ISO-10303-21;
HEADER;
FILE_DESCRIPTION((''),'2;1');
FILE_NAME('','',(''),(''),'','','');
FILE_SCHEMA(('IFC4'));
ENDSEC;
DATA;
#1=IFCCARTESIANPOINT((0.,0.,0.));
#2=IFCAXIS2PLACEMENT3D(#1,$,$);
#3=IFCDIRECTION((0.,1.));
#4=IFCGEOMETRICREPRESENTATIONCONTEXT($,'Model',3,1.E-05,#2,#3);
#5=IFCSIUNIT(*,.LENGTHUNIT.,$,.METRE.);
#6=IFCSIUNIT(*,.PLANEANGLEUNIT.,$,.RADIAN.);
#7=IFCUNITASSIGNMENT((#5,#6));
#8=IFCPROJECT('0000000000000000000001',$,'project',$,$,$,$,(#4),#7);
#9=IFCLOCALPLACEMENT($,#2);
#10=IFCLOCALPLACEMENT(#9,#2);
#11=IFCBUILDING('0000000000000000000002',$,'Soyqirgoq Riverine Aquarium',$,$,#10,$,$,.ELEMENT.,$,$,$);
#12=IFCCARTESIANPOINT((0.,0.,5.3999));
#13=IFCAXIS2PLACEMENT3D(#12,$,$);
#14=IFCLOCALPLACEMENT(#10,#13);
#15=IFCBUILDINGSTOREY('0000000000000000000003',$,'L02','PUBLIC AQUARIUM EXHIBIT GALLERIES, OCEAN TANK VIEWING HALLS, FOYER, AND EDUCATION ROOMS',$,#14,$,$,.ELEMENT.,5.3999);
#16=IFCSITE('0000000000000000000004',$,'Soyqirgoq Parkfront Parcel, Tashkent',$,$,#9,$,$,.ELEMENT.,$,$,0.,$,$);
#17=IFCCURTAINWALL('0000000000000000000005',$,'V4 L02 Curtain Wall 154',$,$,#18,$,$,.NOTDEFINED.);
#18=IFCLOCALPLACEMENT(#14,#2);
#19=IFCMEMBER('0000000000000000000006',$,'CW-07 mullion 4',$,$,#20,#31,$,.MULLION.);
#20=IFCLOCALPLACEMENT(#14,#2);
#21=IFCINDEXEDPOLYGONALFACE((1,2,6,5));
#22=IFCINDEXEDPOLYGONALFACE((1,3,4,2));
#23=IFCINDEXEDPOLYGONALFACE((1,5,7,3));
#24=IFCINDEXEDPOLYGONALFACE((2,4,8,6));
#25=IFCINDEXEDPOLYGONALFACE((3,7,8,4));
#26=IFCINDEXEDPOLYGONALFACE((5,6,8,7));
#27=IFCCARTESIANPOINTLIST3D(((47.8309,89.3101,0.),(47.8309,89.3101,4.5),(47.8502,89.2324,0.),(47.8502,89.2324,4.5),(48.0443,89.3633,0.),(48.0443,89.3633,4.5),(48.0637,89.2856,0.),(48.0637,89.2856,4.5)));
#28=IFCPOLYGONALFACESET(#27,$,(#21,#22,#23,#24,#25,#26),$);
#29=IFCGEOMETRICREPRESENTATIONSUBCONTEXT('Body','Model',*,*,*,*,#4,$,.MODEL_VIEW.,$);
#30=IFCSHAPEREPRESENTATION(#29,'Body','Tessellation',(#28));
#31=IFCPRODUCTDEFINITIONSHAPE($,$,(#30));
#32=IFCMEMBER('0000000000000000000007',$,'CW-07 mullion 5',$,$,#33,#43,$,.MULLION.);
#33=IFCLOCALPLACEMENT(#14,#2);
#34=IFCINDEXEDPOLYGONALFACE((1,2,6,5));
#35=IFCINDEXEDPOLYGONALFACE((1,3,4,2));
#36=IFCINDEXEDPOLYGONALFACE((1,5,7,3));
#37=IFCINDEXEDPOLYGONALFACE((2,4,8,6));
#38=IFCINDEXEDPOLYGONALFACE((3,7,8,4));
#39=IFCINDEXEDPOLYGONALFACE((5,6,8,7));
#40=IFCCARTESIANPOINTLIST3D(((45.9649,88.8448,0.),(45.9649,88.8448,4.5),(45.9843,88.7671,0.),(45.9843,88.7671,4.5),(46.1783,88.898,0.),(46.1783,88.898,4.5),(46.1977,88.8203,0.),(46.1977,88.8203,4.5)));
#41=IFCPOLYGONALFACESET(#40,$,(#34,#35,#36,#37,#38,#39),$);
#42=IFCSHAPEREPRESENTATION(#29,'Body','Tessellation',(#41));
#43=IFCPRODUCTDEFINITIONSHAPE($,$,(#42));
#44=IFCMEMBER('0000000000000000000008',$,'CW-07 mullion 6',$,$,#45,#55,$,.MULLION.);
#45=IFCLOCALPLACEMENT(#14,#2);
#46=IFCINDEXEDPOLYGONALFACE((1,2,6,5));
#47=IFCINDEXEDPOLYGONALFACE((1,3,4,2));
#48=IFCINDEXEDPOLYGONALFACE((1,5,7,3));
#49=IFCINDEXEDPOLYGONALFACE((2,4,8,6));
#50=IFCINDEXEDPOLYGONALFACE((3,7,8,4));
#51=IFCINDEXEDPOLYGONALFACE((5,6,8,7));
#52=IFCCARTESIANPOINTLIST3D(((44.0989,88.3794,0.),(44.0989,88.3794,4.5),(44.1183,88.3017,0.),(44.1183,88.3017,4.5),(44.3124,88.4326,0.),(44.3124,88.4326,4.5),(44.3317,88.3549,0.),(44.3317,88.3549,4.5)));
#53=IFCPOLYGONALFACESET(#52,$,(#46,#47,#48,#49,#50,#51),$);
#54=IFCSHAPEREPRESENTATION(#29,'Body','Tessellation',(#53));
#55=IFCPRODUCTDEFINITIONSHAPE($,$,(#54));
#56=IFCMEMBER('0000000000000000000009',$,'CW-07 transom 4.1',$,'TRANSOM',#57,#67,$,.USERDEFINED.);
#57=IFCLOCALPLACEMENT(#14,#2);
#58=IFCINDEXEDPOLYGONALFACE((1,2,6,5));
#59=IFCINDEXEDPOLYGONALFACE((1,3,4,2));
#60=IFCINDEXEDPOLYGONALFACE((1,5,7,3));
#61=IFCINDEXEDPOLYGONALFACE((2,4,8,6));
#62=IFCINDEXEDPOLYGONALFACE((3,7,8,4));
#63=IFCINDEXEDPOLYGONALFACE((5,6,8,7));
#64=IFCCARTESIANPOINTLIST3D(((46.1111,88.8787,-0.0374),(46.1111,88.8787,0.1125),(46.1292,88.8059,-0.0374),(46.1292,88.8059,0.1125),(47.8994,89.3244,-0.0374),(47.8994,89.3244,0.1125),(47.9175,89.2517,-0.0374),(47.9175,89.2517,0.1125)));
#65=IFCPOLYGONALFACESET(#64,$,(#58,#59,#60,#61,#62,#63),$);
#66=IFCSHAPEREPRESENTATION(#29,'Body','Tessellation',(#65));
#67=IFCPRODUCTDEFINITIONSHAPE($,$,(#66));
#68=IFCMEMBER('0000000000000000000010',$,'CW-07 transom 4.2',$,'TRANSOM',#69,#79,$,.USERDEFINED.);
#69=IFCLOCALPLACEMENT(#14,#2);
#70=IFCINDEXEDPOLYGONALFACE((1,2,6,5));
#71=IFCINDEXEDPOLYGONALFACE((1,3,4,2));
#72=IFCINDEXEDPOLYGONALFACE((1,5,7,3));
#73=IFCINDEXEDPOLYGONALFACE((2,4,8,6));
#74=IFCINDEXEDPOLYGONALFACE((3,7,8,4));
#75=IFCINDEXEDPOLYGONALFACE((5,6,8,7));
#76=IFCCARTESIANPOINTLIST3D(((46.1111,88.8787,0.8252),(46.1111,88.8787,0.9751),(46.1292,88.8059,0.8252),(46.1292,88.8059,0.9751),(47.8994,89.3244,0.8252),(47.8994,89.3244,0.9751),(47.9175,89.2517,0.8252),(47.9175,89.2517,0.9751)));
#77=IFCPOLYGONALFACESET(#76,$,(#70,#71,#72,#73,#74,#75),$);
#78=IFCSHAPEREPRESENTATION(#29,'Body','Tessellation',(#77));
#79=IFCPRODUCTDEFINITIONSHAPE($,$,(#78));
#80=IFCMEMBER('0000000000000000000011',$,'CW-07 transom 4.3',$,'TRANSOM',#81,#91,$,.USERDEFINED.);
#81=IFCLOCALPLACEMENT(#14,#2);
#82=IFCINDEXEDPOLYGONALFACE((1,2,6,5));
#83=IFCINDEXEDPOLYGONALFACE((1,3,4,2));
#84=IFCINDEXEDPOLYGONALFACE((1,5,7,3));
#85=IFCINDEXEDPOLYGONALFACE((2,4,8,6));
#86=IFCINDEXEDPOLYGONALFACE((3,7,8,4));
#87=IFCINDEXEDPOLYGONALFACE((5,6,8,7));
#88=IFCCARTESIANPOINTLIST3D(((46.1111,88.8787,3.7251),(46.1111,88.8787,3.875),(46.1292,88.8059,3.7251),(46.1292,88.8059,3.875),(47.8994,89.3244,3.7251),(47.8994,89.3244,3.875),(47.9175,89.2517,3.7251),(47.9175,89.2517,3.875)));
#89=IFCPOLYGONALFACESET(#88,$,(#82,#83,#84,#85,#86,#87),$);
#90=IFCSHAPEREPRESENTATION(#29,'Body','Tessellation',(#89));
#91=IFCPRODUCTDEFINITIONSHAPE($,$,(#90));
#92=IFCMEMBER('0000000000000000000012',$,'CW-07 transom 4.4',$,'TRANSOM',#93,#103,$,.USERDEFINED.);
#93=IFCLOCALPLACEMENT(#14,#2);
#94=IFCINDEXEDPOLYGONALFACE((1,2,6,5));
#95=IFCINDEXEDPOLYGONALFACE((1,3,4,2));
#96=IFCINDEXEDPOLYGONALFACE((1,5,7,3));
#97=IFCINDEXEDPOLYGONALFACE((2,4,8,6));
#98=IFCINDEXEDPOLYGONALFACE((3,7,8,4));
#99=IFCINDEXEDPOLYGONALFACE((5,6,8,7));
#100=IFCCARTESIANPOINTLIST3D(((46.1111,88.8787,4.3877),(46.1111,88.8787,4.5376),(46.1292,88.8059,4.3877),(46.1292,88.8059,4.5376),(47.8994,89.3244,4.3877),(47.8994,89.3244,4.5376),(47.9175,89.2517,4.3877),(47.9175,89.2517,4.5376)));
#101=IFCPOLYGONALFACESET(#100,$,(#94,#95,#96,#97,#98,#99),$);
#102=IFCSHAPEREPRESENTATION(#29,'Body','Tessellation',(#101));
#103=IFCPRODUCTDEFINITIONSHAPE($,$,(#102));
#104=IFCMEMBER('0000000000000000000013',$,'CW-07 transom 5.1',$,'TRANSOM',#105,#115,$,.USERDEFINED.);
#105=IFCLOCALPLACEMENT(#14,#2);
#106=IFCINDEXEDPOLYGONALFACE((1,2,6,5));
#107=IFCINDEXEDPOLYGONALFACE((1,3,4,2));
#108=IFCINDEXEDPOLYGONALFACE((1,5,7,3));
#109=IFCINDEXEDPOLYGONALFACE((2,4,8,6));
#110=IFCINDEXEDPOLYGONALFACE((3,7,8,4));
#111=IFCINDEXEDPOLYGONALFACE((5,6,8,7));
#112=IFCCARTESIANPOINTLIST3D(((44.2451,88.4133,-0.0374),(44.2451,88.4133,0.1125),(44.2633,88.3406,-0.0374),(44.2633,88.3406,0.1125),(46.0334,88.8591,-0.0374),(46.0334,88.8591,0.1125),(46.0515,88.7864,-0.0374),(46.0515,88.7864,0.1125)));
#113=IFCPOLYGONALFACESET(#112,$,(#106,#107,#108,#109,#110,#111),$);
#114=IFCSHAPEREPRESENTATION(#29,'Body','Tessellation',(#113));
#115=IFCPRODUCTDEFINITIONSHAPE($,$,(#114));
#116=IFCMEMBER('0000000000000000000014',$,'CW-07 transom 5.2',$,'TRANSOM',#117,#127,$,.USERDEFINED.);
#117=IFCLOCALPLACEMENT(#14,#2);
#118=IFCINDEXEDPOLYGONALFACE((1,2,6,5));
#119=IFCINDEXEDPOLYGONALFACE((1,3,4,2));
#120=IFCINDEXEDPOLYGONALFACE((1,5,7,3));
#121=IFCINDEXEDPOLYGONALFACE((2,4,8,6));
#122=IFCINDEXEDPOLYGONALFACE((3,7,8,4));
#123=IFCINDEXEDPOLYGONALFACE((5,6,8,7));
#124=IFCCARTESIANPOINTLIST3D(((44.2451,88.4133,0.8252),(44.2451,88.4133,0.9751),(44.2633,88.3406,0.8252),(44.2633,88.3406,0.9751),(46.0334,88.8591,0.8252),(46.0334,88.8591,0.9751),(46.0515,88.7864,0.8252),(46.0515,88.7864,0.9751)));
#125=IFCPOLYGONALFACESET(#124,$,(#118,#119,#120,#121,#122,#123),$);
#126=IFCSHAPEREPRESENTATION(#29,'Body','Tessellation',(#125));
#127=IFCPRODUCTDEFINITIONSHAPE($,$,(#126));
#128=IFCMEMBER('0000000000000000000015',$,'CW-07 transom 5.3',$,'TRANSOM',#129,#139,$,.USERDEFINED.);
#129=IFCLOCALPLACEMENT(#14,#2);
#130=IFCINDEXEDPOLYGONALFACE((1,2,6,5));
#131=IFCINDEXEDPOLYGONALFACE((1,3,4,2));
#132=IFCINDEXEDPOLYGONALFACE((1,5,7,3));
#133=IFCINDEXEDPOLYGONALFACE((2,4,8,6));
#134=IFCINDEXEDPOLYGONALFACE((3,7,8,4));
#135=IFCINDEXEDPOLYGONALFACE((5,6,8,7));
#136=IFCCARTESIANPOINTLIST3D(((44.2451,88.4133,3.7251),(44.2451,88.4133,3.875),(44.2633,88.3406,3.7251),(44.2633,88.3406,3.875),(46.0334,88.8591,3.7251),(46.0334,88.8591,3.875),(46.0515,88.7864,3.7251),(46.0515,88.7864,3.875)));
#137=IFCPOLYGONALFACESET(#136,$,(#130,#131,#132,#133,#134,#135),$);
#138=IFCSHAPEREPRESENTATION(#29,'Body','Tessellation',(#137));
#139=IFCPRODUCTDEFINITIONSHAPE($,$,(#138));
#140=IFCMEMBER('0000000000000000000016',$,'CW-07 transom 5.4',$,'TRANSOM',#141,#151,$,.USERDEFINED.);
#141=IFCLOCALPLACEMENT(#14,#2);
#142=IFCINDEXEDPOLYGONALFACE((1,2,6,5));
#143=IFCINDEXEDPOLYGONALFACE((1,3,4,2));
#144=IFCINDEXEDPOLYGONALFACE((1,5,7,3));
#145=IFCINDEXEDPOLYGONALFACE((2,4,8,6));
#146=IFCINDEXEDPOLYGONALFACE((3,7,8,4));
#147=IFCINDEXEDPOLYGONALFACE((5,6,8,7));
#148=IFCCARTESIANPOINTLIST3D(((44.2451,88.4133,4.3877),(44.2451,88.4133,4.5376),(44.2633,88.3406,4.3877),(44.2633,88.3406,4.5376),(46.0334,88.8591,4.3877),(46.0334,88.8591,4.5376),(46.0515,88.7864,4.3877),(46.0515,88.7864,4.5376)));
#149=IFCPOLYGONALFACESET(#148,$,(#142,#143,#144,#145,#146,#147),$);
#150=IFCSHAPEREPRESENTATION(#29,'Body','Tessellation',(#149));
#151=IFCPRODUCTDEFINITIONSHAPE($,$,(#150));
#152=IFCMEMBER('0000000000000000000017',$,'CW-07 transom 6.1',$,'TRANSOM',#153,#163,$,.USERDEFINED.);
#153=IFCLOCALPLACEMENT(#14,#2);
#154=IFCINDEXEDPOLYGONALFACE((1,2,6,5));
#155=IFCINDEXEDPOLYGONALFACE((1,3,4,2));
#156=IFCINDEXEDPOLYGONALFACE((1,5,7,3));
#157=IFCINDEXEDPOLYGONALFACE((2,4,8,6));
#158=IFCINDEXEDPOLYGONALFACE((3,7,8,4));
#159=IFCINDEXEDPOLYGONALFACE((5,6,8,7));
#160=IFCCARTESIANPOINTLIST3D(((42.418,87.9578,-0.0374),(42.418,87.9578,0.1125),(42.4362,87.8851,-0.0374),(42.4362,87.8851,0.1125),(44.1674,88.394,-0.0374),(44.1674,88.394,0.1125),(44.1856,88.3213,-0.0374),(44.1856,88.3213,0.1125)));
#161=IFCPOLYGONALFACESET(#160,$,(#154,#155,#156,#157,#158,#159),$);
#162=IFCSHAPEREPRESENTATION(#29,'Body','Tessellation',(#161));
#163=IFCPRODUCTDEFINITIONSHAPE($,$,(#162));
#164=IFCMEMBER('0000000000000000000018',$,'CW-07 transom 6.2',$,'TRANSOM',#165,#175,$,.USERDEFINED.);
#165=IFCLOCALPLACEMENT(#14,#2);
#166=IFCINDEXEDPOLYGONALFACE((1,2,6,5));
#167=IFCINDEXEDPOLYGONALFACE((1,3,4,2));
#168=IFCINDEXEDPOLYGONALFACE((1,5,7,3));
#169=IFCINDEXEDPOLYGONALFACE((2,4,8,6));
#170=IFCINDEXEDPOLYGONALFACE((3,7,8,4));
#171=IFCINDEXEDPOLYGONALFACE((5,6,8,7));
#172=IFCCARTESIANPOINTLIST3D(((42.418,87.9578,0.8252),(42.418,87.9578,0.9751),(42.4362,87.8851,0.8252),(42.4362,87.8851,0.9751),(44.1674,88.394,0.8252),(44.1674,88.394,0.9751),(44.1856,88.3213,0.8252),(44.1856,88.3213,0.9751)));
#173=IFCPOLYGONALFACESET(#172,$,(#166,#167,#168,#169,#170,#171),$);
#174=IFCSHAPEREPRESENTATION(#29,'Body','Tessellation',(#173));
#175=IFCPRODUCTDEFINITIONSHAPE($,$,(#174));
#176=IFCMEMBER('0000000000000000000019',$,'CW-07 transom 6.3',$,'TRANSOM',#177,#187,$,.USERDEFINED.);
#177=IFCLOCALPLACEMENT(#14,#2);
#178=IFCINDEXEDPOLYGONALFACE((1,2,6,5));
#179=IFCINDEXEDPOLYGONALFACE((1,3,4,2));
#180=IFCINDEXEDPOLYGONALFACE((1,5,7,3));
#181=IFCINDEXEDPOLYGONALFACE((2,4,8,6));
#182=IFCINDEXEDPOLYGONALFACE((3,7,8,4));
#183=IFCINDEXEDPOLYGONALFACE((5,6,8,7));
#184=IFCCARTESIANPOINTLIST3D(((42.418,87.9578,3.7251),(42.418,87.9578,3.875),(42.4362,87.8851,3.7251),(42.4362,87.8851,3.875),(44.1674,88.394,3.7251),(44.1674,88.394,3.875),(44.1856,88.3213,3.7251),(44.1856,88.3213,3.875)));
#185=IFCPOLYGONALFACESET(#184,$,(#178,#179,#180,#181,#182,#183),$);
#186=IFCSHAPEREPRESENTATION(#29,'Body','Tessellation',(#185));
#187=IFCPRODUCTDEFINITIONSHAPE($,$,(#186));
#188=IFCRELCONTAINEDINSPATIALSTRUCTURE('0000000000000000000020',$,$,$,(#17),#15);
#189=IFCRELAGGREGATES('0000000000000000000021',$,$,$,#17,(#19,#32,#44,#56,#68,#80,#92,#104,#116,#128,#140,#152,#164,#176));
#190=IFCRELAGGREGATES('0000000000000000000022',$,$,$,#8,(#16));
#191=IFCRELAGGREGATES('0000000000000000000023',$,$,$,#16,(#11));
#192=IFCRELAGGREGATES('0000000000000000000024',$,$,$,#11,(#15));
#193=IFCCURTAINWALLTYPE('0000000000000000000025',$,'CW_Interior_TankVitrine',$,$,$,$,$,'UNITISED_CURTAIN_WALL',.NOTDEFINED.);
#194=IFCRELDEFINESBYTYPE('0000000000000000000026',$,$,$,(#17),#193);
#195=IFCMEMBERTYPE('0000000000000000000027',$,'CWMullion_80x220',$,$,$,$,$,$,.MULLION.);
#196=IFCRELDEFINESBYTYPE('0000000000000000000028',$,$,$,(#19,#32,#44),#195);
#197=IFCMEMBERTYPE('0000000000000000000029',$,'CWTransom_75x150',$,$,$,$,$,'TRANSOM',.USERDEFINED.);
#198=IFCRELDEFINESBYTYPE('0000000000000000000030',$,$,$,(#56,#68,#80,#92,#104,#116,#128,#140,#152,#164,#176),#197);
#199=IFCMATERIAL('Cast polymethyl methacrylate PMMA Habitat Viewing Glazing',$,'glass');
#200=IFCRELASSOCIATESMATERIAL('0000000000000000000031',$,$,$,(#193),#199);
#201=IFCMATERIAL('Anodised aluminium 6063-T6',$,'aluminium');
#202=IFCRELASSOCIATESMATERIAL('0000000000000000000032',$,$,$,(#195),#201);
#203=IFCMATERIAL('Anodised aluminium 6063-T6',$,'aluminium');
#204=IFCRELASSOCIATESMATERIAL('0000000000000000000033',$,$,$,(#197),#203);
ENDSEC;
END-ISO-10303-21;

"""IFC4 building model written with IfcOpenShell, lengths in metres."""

from ifc_helpers import new_model, si_unit, direction, frame, origin, origin_2d, place, context, subcontext, project, spatial, rectangle, extrude, material, material_profile, profile_set, type_object, element, aggregate, save


model = new_model("IFC4")

# Units and contexts
model_context = context("Model", 3, precision=1e-05, world=origin(), true_north=direction((0.0, 1.0)))
body_context = subcontext(model_context, "Body", "Model", "MODEL_VIEW")
ifc_project = project(units=[si_unit("LENGTHUNIT", "METRE"), si_unit("PLANEANGLEUNIT", "RADIAN")], contexts=[model_context])

# Site, building, storey
site_placement = place(None, origin())
site = spatial("IfcSite", under=ifc_project, at=site_placement, Name="Soyqirgoq Parkfront Parcel, Tashkent", CompositionType="ELEMENT", RefElevation=0.0)
building_placement = place(site_placement, origin())
building = spatial("IfcBuilding", under=site, at=building_placement, Name="Soyqirgoq Riverine Aquarium", CompositionType="ELEMENT")
storey_placement = place(building_placement, frame((0.0, 0.0, 5.3999)))
storey = spatial("IfcBuildingStorey", under=building, at=storey_placement, Name="L02", Description="PUBLIC AQUARIUM EXHIBIT GALLERIES, OCEAN TANK VIEWING HALLS, FOYER, AND EDUCATION ROOMS", CompositionType="ELEMENT", Elevation=5.3999)

# Curtain wall, members
ifc_material_1 = material(Name="Cast polymethyl methacrylate PMMA Habitat Viewing Glazing", Category="glass")
curtain_wall_type = type_object("IfcCurtainWallType", Name="CW_Interior_TankVitrine", ElementType="UNITISED_CURTAIN_WALL", PredefinedType="NOTDEFINED", material=ifc_material_1)
curtain_wall_placement = place(storey_placement, origin())
curtain_wall = element("IfcCurtainWall", 1, at=curtain_wall_placement, inside=storey, type_object=curtain_wall_type, Name="V4 L02 Curtain Wall 154", PredefinedType="NOTDEFINED")
ifc_material_2 = material(Name="Anodised aluminium 6063-T6", Category="aluminium")
ifc_material_profile_1 = material_profile(ifc_material_2, rectangle(XDim=0.0801, YDim=0.22, at=origin_2d()), Name="ALU-M 80x220")
ifc_profile_set_1 = profile_set([ifc_material_profile_1], Name="Anodised aluminium 6063-T6")
member_type_1 = type_object("IfcMemberType", Name="CWMullion_80x220", PredefinedType="MULLION", material=ifc_profile_set_1)
member_1_placement = place(storey_placement, frame((47.9473, 89.2979, 0.0), z_axis=(0.0, 0.0, 1.0), x_axis=(0.241926, -0.970295, 0.0)))
member_1 = element("IfcMember", 2, at=member_1_placement, type_object=member_type_1, Name="CW-07 mullion 4", PredefinedType="MULLION", context=body_context, shape_type="SweptSolid", body=[
    extrude(rectangle(XDim=0.0801, YDim=0.22, at=origin_2d()), origin(), (0.0, 0.0, 1.0), 4.5),
])
member_2_placement = place(storey_placement, frame((46.0813, 88.8325, 0.0), z_axis=(0.0, 0.0, 1.0), x_axis=(0.241926, -0.970295, 0.0)))
member_2 = element("IfcMember", 3, at=member_2_placement, type_object=member_type_1, Name="CW-07 mullion 5", PredefinedType="MULLION", context=body_context, shape_type="SweptSolid", body=[
    extrude(rectangle(XDim=0.0801, YDim=0.22, at=origin_2d()), origin(), (0.0, 0.0, 1.0), 4.5),
])
member_3_placement = place(storey_placement, frame((44.2153, 88.3672, 0.0), z_axis=(0.0, 0.0, 1.0), x_axis=(0.241926, -0.970295, 0.0)))
member_3 = element("IfcMember", 4, at=member_3_placement, type_object=member_type_1, Name="CW-07 mullion 6", PredefinedType="MULLION", context=body_context, shape_type="SweptSolid", body=[
    extrude(rectangle(XDim=0.0801, YDim=0.22, at=origin_2d()), origin(), (0.0, 0.0, 1.0), 4.5),
])
ifc_material_3 = material(Name="Anodised aluminium 6063-T6", Category="aluminium")
ifc_material_profile_2 = material_profile(ifc_material_3, rectangle(XDim=0.075, YDim=0.1499, at=origin_2d()), Name="ALU-T 75x150")
ifc_profile_set_2 = profile_set([ifc_material_profile_2], Name="Anodised aluminium 6063-T6")
member_type_2 = type_object("IfcMemberType", Name="CWTransom_75x150", ElementType="TRANSOM", PredefinedType="USERDEFINED", material=ifc_profile_set_2)
member_4_placement = place(storey_placement, frame((47.9084, 89.2881, 0.0376), z_axis=(-0.970306, -0.241881, 0.0), x_axis=(0.241881, -0.970306, 0.0)))
member_4 = element("IfcMember", 5, at=member_4_placement, type_object=member_type_2, Name="CW-07 transom 4.1", ObjectType="TRANSOM", PredefinedType="USERDEFINED", context=body_context, shape_type="SweptSolid", body=[
    extrude(rectangle(XDim=0.075, YDim=0.1499, at=origin_2d()), origin(), (0.0, 0.0, 1.0), 1.843),
])
member_5_placement = place(storey_placement, frame((47.9084, 89.2881, 0.9001), z_axis=(-0.970306, -0.241881, 0.0), x_axis=(0.241881, -0.970306, 0.0)))
member_5 = element("IfcMember", 6, at=member_5_placement, type_object=member_type_2, Name="CW-07 transom 4.2", ObjectType="TRANSOM", PredefinedType="USERDEFINED", context=body_context, shape_type="SweptSolid", body=[
    extrude(rectangle(XDim=0.075, YDim=0.1499, at=origin_2d()), origin(), (0.0, 0.0, 1.0), 1.843),
])
member_6_placement = place(storey_placement, frame((47.9084, 89.2881, 3.8), z_axis=(-0.970306, -0.241881, 0.0), x_axis=(0.241881, -0.970306, 0.0)))
member_6 = element("IfcMember", 7, at=member_6_placement, type_object=member_type_2, Name="CW-07 transom 4.3", ObjectType="TRANSOM", PredefinedType="USERDEFINED", context=body_context, shape_type="SweptSolid", body=[
    extrude(rectangle(XDim=0.075, YDim=0.1499, at=origin_2d()), origin(), (0.0, 0.0, 1.0), 1.843),
])
member_7_placement = place(storey_placement, frame((47.9084, 89.2881, 4.4626), z_axis=(-0.970306, -0.241881, 0.0), x_axis=(0.241881, -0.970306, 0.0)))
member_7 = element("IfcMember", 8, at=member_7_placement, type_object=member_type_2, Name="CW-07 transom 4.4", ObjectType="TRANSOM", PredefinedType="USERDEFINED", context=body_context, shape_type="SweptSolid", body=[
    extrude(rectangle(XDim=0.075, YDim=0.1499, at=origin_2d()), origin(), (0.0, 0.0, 1.0), 1.843),
])
member_8_placement = place(storey_placement, frame((46.0425, 88.8228, 0.0376), z_axis=(-0.970306, -0.241881, 0.0), x_axis=(0.241881, -0.970306, 0.0)))
member_8 = element("IfcMember", 9, at=member_8_placement, type_object=member_type_2, Name="CW-07 transom 5.1", ObjectType="TRANSOM", PredefinedType="USERDEFINED", context=body_context, shape_type="SweptSolid", body=[
    extrude(rectangle(XDim=0.075, YDim=0.1499, at=origin_2d()), origin(), (0.0, 0.0, 1.0), 1.843),
])
member_9_placement = place(storey_placement, frame((46.0425, 88.8228, 0.9001), z_axis=(-0.970306, -0.241881, 0.0), x_axis=(0.241881, -0.970306, 0.0)))
member_9 = element("IfcMember", 10, at=member_9_placement, type_object=member_type_2, Name="CW-07 transom 5.2", ObjectType="TRANSOM", PredefinedType="USERDEFINED", context=body_context, shape_type="SweptSolid", body=[
    extrude(rectangle(XDim=0.075, YDim=0.1499, at=origin_2d()), origin(), (0.0, 0.0, 1.0), 1.843),
])
member_10_placement = place(storey_placement, frame((46.0425, 88.8228, 3.8), z_axis=(-0.970306, -0.241881, 0.0), x_axis=(0.241881, -0.970306, 0.0)))
member_10 = element("IfcMember", 11, at=member_10_placement, type_object=member_type_2, Name="CW-07 transom 5.3", ObjectType="TRANSOM", PredefinedType="USERDEFINED", context=body_context, shape_type="SweptSolid", body=[
    extrude(rectangle(XDim=0.075, YDim=0.1499, at=origin_2d()), origin(), (0.0, 0.0, 1.0), 1.843),
])
member_11_placement = place(storey_placement, frame((46.0425, 88.8228, 4.4626), z_axis=(-0.970306, -0.241881, 0.0), x_axis=(0.241881, -0.970306, 0.0)))
member_11 = element("IfcMember", 12, at=member_11_placement, type_object=member_type_2, Name="CW-07 transom 5.4", ObjectType="TRANSOM", PredefinedType="USERDEFINED", context=body_context, shape_type="SweptSolid", body=[
    extrude(rectangle(XDim=0.075, YDim=0.1499, at=origin_2d()), origin(), (0.0, 0.0, 1.0), 1.843),
])
member_12_placement = place(storey_placement, frame((44.1765, 88.3577, 0.0376), z_axis=(-0.970286, -0.241962, 0.0), x_axis=(0.241962, -0.970286, 0.0)))
member_12 = element("IfcMember", 13, at=member_12_placement, type_object=member_type_2, Name="CW-07 transom 6.1", ObjectType="TRANSOM", PredefinedType="USERDEFINED", context=body_context, shape_type="SweptSolid", body=[
    extrude(rectangle(XDim=0.075, YDim=0.1499, at=origin_2d()), origin(), (0.0, 0.0, 1.0), 1.803),
])
member_13_placement = place(storey_placement, frame((44.1765, 88.3577, 0.9001), z_axis=(-0.970286, -0.241962, 0.0), x_axis=(0.241962, -0.970286, 0.0)))
member_13 = element("IfcMember", 14, at=member_13_placement, type_object=member_type_2, Name="CW-07 transom 6.2", ObjectType="TRANSOM", PredefinedType="USERDEFINED", context=body_context, shape_type="SweptSolid", body=[
    extrude(rectangle(XDim=0.075, YDim=0.1499, at=origin_2d()), origin(), (0.0, 0.0, 1.0), 1.803),
])
member_14_placement = place(storey_placement, frame((44.1765, 88.3577, 3.8), z_axis=(-0.970286, -0.241962, 0.0), x_axis=(0.241962, -0.970286, 0.0)))
member_14 = element("IfcMember", 15, at=member_14_placement, type_object=member_type_2, Name="CW-07 transom 6.3", ObjectType="TRANSOM", PredefinedType="USERDEFINED", context=body_context, shape_type="SweptSolid", body=[
    extrude(rectangle(XDim=0.075, YDim=0.1499, at=origin_2d()), origin(), (0.0, 0.0, 1.0), 1.803),
])
aggregate(curtain_wall, [member_1, member_2, member_3, member_4, member_5, member_6, member_7, member_8, member_9, member_10, member_11, member_12, member_13, member_14])

save(model, "model.ifc")
